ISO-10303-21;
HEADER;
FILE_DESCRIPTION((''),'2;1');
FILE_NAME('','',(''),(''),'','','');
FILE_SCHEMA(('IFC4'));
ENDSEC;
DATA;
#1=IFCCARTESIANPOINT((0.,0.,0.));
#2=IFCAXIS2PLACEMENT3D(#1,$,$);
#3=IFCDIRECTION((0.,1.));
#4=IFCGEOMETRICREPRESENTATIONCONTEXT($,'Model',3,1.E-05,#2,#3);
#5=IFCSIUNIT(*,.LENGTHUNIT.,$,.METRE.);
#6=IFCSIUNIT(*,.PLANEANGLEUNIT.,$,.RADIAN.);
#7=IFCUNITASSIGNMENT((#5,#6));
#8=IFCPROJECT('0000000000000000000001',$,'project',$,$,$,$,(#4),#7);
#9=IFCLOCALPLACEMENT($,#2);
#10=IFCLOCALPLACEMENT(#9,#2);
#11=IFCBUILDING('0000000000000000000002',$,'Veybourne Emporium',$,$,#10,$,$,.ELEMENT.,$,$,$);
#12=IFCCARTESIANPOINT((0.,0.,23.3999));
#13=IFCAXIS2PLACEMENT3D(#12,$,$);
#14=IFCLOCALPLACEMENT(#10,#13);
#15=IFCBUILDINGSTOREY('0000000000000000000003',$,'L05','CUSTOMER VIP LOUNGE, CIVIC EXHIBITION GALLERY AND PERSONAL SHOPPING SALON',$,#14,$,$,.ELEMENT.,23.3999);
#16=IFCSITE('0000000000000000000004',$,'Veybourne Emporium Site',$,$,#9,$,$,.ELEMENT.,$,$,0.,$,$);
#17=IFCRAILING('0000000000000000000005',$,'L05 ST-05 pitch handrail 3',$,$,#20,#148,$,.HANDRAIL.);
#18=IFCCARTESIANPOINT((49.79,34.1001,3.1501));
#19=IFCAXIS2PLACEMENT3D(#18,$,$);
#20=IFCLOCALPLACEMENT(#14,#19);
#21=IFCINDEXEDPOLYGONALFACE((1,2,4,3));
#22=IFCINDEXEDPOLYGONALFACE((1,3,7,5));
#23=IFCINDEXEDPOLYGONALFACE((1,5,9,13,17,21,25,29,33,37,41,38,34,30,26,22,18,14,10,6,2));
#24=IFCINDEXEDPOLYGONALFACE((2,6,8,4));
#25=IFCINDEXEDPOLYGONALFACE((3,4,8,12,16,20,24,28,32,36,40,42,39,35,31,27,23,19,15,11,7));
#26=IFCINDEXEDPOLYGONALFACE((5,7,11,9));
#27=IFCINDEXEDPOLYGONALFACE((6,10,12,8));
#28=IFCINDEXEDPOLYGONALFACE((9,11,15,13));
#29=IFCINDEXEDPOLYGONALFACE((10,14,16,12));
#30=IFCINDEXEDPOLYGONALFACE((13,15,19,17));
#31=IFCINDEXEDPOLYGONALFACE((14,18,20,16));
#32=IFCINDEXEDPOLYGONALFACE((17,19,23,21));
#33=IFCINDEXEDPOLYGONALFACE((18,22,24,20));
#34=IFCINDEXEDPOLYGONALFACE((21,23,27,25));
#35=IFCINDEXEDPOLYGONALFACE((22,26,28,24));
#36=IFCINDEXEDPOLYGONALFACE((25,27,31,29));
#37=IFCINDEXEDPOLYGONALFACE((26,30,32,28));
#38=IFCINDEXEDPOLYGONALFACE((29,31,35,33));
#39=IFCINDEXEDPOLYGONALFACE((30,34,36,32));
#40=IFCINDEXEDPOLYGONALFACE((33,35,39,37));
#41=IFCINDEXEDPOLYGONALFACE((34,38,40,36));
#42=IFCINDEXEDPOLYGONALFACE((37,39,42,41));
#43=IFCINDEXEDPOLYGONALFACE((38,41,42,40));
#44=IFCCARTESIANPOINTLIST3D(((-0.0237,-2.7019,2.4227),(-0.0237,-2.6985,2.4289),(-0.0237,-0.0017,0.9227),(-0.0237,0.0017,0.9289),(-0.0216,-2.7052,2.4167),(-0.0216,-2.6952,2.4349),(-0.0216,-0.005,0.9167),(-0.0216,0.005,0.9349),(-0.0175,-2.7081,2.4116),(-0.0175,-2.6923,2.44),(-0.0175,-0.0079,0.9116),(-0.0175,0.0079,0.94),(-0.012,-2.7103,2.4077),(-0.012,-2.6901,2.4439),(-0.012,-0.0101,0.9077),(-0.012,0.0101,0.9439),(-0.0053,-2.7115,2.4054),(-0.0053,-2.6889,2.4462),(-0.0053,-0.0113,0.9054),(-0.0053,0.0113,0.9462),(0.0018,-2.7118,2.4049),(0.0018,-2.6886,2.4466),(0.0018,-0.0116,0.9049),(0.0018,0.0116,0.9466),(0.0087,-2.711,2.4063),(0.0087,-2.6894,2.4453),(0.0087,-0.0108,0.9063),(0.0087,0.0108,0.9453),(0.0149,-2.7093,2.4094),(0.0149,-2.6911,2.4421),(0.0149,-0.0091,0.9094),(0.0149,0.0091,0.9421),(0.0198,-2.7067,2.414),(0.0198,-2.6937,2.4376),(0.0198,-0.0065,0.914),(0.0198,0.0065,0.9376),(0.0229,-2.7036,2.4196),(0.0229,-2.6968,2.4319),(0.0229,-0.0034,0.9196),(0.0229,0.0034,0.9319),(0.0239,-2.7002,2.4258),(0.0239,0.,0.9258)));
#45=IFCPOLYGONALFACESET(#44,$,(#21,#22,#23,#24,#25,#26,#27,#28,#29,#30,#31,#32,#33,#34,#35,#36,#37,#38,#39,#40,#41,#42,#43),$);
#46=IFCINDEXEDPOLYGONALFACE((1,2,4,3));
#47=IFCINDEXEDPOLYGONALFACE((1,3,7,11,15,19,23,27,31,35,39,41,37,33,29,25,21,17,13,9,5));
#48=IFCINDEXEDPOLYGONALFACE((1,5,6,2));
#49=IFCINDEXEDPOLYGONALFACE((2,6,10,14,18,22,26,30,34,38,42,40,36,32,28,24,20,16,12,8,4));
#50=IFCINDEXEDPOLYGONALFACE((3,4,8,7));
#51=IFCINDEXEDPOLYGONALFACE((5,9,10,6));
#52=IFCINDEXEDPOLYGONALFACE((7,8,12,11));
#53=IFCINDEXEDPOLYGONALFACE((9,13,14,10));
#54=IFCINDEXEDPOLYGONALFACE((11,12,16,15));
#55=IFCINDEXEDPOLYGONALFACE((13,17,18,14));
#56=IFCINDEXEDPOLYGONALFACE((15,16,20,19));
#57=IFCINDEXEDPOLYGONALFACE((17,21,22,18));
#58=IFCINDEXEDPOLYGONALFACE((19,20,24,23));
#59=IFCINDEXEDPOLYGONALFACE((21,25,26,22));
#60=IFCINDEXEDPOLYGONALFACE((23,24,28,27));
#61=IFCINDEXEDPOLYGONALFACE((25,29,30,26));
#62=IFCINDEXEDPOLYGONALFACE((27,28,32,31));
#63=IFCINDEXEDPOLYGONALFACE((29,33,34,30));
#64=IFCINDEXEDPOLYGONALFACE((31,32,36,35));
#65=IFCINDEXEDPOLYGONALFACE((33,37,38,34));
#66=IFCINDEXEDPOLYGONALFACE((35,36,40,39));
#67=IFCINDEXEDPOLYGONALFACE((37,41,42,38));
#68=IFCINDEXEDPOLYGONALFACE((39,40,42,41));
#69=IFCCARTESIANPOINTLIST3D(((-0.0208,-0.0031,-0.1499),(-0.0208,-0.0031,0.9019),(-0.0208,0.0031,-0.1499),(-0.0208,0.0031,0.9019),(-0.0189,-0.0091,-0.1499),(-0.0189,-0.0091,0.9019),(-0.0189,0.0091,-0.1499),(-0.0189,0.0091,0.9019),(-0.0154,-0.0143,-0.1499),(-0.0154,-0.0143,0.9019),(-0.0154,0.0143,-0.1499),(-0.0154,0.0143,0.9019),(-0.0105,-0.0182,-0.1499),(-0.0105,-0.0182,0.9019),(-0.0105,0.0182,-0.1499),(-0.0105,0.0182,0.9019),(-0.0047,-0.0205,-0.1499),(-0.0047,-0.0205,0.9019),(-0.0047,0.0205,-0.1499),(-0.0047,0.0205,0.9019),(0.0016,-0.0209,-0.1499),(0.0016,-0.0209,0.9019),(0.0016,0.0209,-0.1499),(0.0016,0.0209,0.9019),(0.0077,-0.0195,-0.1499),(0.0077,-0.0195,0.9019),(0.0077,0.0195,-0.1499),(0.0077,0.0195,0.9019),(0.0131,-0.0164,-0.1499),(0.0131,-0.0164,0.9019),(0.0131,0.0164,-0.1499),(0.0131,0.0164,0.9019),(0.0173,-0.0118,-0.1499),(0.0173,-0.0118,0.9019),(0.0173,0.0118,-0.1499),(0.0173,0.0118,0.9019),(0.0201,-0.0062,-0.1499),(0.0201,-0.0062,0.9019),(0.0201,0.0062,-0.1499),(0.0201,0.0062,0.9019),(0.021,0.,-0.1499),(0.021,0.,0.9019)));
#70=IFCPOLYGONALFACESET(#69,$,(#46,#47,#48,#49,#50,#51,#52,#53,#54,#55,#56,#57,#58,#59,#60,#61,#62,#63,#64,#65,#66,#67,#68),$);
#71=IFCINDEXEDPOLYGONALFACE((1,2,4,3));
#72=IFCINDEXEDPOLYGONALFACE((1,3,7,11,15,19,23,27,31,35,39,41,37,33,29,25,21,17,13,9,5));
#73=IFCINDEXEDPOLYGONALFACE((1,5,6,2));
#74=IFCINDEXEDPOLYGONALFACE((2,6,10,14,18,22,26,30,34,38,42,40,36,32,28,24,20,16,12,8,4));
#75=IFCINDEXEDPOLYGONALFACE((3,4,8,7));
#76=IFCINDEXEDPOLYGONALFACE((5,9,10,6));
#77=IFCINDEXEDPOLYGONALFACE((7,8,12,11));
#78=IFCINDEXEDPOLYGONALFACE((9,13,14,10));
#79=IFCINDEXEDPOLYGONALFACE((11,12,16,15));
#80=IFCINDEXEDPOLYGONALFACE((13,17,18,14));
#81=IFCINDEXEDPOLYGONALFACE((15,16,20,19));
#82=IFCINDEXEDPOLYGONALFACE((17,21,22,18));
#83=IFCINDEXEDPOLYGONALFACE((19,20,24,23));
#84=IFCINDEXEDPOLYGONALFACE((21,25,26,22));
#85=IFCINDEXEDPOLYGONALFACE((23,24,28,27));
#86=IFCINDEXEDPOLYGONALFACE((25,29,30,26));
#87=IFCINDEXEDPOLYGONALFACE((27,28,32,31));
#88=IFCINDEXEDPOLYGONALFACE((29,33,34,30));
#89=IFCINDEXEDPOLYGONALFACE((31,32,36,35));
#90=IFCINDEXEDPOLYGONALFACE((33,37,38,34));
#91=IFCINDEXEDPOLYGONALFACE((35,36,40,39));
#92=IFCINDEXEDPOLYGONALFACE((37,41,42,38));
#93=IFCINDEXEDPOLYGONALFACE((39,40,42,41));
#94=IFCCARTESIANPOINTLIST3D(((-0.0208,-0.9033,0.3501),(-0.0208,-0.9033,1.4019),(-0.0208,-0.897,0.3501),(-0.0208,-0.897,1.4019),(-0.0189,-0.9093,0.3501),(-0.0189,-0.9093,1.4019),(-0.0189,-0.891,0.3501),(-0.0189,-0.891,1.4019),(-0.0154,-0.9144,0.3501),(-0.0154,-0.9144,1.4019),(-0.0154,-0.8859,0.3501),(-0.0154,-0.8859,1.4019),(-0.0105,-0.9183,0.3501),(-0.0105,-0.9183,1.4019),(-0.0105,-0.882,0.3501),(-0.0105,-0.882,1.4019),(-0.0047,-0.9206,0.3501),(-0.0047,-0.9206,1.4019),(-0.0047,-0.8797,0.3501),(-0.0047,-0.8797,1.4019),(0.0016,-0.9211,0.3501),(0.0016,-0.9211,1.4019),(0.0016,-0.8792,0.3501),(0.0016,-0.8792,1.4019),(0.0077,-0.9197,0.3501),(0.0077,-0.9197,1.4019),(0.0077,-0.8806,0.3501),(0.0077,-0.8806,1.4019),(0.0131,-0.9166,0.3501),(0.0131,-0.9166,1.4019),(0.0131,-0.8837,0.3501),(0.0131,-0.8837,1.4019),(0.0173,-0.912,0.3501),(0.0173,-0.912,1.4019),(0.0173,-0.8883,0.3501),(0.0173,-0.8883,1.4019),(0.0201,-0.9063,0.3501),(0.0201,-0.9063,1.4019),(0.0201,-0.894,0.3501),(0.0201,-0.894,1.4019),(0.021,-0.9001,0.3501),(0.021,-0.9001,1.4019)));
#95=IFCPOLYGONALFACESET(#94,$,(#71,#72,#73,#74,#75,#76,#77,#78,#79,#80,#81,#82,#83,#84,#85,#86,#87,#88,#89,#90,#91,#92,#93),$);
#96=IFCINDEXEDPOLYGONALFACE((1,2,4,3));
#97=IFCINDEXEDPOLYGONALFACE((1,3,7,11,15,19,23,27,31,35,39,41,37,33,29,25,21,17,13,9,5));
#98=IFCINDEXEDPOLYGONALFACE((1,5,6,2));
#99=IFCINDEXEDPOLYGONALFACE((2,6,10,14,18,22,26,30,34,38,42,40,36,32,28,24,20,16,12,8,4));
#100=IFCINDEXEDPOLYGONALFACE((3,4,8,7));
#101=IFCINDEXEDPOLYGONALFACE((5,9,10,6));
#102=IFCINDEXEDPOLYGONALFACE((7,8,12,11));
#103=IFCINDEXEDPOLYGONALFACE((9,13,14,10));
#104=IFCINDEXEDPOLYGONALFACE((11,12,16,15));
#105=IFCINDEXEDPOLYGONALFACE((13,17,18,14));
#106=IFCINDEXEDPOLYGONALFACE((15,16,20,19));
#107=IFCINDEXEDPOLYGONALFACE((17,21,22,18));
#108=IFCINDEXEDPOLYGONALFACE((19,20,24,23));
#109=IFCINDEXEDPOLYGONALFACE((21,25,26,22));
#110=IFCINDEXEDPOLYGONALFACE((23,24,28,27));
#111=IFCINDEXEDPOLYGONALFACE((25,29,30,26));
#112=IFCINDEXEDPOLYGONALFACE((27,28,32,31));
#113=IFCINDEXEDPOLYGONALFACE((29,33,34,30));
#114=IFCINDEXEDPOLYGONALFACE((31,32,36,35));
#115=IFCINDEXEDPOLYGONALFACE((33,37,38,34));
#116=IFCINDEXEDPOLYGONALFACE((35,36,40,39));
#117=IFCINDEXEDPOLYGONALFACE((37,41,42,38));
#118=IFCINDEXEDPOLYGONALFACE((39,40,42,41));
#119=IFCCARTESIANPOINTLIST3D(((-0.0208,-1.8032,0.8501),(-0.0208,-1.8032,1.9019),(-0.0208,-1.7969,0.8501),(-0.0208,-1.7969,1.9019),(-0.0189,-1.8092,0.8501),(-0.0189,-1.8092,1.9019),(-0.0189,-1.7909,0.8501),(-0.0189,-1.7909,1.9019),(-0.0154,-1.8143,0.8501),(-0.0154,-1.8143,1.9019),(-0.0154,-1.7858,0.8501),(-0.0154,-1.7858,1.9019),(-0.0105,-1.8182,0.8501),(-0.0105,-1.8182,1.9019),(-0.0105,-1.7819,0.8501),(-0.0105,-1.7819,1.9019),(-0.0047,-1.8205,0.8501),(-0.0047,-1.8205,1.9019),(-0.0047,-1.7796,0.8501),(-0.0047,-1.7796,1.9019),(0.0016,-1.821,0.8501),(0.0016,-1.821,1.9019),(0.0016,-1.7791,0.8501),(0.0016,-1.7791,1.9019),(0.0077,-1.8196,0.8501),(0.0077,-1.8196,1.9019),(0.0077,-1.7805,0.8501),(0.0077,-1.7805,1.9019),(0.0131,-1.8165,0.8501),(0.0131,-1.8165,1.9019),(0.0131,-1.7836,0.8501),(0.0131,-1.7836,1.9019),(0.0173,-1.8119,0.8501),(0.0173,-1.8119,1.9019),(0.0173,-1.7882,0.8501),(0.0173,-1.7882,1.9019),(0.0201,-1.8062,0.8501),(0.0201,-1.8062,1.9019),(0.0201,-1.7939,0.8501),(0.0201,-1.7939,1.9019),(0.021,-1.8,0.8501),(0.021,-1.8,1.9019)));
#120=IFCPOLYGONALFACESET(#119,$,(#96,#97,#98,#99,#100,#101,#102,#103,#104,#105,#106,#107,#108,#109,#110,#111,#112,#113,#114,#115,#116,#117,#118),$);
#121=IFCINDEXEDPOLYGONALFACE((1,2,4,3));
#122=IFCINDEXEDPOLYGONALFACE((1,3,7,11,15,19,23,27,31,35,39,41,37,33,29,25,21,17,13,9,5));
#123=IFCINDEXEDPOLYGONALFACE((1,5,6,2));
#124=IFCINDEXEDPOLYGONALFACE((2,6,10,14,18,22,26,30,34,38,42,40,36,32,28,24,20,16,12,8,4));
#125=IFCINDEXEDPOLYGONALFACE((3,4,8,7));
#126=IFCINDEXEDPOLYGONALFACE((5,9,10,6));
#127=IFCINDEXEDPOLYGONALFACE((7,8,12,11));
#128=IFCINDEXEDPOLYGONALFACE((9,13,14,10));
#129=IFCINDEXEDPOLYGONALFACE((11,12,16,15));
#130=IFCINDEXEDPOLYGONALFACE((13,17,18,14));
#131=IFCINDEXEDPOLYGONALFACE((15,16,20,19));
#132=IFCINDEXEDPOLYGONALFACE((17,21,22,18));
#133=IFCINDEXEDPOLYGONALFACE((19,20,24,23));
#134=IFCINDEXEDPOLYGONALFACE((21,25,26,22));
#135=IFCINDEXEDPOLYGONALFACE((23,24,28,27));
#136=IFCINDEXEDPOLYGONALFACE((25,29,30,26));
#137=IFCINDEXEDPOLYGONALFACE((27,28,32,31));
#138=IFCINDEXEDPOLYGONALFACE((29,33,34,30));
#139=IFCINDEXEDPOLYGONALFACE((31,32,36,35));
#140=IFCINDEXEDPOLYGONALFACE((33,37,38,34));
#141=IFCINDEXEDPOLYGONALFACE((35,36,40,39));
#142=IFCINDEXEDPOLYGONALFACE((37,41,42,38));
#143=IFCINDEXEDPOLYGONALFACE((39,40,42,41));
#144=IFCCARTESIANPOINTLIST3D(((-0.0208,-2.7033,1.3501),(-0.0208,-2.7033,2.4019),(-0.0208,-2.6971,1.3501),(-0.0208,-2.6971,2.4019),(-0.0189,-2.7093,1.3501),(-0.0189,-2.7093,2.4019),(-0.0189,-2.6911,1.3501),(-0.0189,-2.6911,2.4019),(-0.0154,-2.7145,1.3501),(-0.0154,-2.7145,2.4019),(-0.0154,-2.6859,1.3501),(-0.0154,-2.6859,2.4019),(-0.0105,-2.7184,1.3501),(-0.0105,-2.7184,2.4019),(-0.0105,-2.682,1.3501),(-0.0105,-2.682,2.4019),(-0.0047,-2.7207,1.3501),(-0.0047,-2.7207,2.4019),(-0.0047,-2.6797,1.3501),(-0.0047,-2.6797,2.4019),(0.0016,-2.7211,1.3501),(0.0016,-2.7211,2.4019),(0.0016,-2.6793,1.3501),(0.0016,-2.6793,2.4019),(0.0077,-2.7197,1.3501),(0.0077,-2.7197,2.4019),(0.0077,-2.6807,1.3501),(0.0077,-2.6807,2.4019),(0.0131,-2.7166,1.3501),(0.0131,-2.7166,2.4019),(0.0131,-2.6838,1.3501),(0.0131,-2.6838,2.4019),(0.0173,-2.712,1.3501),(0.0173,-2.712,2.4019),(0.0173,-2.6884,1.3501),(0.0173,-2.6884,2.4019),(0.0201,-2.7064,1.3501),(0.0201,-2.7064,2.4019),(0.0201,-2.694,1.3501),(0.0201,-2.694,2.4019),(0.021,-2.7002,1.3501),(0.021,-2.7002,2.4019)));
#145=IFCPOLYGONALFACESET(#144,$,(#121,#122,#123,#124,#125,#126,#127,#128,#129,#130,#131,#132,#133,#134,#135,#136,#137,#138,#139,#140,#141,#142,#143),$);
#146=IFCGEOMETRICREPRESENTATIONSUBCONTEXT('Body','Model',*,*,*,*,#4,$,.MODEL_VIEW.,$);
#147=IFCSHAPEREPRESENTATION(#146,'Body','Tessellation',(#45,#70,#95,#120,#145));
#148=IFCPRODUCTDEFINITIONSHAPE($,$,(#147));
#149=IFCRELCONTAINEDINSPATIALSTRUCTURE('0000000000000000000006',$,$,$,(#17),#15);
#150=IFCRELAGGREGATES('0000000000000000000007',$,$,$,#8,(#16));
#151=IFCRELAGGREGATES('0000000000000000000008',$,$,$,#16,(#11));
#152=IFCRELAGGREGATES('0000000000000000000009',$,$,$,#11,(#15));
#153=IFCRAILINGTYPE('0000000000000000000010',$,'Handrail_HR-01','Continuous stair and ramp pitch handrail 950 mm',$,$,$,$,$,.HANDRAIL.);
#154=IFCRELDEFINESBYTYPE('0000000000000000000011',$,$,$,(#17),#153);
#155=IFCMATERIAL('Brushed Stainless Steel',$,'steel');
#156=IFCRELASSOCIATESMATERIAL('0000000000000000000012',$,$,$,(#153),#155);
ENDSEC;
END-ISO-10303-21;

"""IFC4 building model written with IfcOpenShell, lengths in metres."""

from ifc_helpers import new_model, si_unit, direction, frame, origin, origin_2d, place, context, subcontext, project, spatial, circle, extrude, material, type_object, element, save


model = new_model("IFC4")

# Units and contexts
model_context = context("Model", 3, precision=1e-05, world=origin(), true_north=direction((0.0, 1.0)))
body_context = subcontext(model_context, "Body", "Model", "MODEL_VIEW")
ifc_project = project(units=[si_unit("LENGTHUNIT", "METRE"), si_unit("PLANEANGLEUNIT", "RADIAN")], contexts=[model_context])

# Site, building, storey
site_placement = place(None, origin())
site = spatial("IfcSite", under=ifc_project, at=site_placement, Name="Veybourne Emporium Site", CompositionType="ELEMENT", RefElevation=0.0)
building_placement = place(site_placement, origin())
building = spatial("IfcBuilding", under=site, at=building_placement, Name="Veybourne Emporium", CompositionType="ELEMENT")
storey_placement = place(building_placement, frame((0.0, 0.0, 23.3999)))
storey = spatial("IfcBuildingStorey", under=building, at=storey_placement, Name="L05", Description="CUSTOMER VIP LOUNGE, CIVIC EXHIBITION GALLERY AND PERSONAL SHOPPING SALON", CompositionType="ELEMENT", Elevation=23.3999)

# Railing
ifc_material_1 = material(Name="Brushed Stainless Steel", Category="steel")
railing_type_1 = type_object("IfcRailingType", Name="Handrail_HR-01", Description="Continuous stair and ramp pitch handrail 950 mm", PredefinedType="HANDRAIL", material=ifc_material_1)
railing_1_placement = place(storey_placement, frame((49.79, 34.1001, 3.1501)))
element("IfcRailing", 1, at=railing_1_placement, inside=storey, type_object=railing_type_1, Name="L05 ST-05 pitch handrail 3", PredefinedType="HANDRAIL", context=body_context, shape_type="SweptSolid", body=[
    extrude(circle(Radius=0.0239, at=origin_2d()), frame((0.0, 0.0, 0.9258), z_axis=(0.0, -0.874172, 0.485616), x_axis=(1.0, 0.0, 0.0)), (0.0, 0.0, 1.0), 3.0889),
    extrude(circle(Radius=0.021, at=origin_2d()), frame((0.0, 0.0, -0.1499)), (0.0, 0.0, 1.0), 1.0518),
    extrude(circle(Radius=0.021, at=origin_2d()), frame((0.0, -0.9001, 0.3501)), (0.0, 0.0, 1.0), 1.0518),
    extrude(circle(Radius=0.021, at=origin_2d()), frame((0.0, -1.8, 0.8501)), (0.0, 0.0, 1.0), 1.0518),
    extrude(circle(Radius=0.021, at=origin_2d()), frame((0.0, -2.7002, 1.3501)), (0.0, 0.0, 1.0), 1.0518),
])

save(model, "model.ifc")
